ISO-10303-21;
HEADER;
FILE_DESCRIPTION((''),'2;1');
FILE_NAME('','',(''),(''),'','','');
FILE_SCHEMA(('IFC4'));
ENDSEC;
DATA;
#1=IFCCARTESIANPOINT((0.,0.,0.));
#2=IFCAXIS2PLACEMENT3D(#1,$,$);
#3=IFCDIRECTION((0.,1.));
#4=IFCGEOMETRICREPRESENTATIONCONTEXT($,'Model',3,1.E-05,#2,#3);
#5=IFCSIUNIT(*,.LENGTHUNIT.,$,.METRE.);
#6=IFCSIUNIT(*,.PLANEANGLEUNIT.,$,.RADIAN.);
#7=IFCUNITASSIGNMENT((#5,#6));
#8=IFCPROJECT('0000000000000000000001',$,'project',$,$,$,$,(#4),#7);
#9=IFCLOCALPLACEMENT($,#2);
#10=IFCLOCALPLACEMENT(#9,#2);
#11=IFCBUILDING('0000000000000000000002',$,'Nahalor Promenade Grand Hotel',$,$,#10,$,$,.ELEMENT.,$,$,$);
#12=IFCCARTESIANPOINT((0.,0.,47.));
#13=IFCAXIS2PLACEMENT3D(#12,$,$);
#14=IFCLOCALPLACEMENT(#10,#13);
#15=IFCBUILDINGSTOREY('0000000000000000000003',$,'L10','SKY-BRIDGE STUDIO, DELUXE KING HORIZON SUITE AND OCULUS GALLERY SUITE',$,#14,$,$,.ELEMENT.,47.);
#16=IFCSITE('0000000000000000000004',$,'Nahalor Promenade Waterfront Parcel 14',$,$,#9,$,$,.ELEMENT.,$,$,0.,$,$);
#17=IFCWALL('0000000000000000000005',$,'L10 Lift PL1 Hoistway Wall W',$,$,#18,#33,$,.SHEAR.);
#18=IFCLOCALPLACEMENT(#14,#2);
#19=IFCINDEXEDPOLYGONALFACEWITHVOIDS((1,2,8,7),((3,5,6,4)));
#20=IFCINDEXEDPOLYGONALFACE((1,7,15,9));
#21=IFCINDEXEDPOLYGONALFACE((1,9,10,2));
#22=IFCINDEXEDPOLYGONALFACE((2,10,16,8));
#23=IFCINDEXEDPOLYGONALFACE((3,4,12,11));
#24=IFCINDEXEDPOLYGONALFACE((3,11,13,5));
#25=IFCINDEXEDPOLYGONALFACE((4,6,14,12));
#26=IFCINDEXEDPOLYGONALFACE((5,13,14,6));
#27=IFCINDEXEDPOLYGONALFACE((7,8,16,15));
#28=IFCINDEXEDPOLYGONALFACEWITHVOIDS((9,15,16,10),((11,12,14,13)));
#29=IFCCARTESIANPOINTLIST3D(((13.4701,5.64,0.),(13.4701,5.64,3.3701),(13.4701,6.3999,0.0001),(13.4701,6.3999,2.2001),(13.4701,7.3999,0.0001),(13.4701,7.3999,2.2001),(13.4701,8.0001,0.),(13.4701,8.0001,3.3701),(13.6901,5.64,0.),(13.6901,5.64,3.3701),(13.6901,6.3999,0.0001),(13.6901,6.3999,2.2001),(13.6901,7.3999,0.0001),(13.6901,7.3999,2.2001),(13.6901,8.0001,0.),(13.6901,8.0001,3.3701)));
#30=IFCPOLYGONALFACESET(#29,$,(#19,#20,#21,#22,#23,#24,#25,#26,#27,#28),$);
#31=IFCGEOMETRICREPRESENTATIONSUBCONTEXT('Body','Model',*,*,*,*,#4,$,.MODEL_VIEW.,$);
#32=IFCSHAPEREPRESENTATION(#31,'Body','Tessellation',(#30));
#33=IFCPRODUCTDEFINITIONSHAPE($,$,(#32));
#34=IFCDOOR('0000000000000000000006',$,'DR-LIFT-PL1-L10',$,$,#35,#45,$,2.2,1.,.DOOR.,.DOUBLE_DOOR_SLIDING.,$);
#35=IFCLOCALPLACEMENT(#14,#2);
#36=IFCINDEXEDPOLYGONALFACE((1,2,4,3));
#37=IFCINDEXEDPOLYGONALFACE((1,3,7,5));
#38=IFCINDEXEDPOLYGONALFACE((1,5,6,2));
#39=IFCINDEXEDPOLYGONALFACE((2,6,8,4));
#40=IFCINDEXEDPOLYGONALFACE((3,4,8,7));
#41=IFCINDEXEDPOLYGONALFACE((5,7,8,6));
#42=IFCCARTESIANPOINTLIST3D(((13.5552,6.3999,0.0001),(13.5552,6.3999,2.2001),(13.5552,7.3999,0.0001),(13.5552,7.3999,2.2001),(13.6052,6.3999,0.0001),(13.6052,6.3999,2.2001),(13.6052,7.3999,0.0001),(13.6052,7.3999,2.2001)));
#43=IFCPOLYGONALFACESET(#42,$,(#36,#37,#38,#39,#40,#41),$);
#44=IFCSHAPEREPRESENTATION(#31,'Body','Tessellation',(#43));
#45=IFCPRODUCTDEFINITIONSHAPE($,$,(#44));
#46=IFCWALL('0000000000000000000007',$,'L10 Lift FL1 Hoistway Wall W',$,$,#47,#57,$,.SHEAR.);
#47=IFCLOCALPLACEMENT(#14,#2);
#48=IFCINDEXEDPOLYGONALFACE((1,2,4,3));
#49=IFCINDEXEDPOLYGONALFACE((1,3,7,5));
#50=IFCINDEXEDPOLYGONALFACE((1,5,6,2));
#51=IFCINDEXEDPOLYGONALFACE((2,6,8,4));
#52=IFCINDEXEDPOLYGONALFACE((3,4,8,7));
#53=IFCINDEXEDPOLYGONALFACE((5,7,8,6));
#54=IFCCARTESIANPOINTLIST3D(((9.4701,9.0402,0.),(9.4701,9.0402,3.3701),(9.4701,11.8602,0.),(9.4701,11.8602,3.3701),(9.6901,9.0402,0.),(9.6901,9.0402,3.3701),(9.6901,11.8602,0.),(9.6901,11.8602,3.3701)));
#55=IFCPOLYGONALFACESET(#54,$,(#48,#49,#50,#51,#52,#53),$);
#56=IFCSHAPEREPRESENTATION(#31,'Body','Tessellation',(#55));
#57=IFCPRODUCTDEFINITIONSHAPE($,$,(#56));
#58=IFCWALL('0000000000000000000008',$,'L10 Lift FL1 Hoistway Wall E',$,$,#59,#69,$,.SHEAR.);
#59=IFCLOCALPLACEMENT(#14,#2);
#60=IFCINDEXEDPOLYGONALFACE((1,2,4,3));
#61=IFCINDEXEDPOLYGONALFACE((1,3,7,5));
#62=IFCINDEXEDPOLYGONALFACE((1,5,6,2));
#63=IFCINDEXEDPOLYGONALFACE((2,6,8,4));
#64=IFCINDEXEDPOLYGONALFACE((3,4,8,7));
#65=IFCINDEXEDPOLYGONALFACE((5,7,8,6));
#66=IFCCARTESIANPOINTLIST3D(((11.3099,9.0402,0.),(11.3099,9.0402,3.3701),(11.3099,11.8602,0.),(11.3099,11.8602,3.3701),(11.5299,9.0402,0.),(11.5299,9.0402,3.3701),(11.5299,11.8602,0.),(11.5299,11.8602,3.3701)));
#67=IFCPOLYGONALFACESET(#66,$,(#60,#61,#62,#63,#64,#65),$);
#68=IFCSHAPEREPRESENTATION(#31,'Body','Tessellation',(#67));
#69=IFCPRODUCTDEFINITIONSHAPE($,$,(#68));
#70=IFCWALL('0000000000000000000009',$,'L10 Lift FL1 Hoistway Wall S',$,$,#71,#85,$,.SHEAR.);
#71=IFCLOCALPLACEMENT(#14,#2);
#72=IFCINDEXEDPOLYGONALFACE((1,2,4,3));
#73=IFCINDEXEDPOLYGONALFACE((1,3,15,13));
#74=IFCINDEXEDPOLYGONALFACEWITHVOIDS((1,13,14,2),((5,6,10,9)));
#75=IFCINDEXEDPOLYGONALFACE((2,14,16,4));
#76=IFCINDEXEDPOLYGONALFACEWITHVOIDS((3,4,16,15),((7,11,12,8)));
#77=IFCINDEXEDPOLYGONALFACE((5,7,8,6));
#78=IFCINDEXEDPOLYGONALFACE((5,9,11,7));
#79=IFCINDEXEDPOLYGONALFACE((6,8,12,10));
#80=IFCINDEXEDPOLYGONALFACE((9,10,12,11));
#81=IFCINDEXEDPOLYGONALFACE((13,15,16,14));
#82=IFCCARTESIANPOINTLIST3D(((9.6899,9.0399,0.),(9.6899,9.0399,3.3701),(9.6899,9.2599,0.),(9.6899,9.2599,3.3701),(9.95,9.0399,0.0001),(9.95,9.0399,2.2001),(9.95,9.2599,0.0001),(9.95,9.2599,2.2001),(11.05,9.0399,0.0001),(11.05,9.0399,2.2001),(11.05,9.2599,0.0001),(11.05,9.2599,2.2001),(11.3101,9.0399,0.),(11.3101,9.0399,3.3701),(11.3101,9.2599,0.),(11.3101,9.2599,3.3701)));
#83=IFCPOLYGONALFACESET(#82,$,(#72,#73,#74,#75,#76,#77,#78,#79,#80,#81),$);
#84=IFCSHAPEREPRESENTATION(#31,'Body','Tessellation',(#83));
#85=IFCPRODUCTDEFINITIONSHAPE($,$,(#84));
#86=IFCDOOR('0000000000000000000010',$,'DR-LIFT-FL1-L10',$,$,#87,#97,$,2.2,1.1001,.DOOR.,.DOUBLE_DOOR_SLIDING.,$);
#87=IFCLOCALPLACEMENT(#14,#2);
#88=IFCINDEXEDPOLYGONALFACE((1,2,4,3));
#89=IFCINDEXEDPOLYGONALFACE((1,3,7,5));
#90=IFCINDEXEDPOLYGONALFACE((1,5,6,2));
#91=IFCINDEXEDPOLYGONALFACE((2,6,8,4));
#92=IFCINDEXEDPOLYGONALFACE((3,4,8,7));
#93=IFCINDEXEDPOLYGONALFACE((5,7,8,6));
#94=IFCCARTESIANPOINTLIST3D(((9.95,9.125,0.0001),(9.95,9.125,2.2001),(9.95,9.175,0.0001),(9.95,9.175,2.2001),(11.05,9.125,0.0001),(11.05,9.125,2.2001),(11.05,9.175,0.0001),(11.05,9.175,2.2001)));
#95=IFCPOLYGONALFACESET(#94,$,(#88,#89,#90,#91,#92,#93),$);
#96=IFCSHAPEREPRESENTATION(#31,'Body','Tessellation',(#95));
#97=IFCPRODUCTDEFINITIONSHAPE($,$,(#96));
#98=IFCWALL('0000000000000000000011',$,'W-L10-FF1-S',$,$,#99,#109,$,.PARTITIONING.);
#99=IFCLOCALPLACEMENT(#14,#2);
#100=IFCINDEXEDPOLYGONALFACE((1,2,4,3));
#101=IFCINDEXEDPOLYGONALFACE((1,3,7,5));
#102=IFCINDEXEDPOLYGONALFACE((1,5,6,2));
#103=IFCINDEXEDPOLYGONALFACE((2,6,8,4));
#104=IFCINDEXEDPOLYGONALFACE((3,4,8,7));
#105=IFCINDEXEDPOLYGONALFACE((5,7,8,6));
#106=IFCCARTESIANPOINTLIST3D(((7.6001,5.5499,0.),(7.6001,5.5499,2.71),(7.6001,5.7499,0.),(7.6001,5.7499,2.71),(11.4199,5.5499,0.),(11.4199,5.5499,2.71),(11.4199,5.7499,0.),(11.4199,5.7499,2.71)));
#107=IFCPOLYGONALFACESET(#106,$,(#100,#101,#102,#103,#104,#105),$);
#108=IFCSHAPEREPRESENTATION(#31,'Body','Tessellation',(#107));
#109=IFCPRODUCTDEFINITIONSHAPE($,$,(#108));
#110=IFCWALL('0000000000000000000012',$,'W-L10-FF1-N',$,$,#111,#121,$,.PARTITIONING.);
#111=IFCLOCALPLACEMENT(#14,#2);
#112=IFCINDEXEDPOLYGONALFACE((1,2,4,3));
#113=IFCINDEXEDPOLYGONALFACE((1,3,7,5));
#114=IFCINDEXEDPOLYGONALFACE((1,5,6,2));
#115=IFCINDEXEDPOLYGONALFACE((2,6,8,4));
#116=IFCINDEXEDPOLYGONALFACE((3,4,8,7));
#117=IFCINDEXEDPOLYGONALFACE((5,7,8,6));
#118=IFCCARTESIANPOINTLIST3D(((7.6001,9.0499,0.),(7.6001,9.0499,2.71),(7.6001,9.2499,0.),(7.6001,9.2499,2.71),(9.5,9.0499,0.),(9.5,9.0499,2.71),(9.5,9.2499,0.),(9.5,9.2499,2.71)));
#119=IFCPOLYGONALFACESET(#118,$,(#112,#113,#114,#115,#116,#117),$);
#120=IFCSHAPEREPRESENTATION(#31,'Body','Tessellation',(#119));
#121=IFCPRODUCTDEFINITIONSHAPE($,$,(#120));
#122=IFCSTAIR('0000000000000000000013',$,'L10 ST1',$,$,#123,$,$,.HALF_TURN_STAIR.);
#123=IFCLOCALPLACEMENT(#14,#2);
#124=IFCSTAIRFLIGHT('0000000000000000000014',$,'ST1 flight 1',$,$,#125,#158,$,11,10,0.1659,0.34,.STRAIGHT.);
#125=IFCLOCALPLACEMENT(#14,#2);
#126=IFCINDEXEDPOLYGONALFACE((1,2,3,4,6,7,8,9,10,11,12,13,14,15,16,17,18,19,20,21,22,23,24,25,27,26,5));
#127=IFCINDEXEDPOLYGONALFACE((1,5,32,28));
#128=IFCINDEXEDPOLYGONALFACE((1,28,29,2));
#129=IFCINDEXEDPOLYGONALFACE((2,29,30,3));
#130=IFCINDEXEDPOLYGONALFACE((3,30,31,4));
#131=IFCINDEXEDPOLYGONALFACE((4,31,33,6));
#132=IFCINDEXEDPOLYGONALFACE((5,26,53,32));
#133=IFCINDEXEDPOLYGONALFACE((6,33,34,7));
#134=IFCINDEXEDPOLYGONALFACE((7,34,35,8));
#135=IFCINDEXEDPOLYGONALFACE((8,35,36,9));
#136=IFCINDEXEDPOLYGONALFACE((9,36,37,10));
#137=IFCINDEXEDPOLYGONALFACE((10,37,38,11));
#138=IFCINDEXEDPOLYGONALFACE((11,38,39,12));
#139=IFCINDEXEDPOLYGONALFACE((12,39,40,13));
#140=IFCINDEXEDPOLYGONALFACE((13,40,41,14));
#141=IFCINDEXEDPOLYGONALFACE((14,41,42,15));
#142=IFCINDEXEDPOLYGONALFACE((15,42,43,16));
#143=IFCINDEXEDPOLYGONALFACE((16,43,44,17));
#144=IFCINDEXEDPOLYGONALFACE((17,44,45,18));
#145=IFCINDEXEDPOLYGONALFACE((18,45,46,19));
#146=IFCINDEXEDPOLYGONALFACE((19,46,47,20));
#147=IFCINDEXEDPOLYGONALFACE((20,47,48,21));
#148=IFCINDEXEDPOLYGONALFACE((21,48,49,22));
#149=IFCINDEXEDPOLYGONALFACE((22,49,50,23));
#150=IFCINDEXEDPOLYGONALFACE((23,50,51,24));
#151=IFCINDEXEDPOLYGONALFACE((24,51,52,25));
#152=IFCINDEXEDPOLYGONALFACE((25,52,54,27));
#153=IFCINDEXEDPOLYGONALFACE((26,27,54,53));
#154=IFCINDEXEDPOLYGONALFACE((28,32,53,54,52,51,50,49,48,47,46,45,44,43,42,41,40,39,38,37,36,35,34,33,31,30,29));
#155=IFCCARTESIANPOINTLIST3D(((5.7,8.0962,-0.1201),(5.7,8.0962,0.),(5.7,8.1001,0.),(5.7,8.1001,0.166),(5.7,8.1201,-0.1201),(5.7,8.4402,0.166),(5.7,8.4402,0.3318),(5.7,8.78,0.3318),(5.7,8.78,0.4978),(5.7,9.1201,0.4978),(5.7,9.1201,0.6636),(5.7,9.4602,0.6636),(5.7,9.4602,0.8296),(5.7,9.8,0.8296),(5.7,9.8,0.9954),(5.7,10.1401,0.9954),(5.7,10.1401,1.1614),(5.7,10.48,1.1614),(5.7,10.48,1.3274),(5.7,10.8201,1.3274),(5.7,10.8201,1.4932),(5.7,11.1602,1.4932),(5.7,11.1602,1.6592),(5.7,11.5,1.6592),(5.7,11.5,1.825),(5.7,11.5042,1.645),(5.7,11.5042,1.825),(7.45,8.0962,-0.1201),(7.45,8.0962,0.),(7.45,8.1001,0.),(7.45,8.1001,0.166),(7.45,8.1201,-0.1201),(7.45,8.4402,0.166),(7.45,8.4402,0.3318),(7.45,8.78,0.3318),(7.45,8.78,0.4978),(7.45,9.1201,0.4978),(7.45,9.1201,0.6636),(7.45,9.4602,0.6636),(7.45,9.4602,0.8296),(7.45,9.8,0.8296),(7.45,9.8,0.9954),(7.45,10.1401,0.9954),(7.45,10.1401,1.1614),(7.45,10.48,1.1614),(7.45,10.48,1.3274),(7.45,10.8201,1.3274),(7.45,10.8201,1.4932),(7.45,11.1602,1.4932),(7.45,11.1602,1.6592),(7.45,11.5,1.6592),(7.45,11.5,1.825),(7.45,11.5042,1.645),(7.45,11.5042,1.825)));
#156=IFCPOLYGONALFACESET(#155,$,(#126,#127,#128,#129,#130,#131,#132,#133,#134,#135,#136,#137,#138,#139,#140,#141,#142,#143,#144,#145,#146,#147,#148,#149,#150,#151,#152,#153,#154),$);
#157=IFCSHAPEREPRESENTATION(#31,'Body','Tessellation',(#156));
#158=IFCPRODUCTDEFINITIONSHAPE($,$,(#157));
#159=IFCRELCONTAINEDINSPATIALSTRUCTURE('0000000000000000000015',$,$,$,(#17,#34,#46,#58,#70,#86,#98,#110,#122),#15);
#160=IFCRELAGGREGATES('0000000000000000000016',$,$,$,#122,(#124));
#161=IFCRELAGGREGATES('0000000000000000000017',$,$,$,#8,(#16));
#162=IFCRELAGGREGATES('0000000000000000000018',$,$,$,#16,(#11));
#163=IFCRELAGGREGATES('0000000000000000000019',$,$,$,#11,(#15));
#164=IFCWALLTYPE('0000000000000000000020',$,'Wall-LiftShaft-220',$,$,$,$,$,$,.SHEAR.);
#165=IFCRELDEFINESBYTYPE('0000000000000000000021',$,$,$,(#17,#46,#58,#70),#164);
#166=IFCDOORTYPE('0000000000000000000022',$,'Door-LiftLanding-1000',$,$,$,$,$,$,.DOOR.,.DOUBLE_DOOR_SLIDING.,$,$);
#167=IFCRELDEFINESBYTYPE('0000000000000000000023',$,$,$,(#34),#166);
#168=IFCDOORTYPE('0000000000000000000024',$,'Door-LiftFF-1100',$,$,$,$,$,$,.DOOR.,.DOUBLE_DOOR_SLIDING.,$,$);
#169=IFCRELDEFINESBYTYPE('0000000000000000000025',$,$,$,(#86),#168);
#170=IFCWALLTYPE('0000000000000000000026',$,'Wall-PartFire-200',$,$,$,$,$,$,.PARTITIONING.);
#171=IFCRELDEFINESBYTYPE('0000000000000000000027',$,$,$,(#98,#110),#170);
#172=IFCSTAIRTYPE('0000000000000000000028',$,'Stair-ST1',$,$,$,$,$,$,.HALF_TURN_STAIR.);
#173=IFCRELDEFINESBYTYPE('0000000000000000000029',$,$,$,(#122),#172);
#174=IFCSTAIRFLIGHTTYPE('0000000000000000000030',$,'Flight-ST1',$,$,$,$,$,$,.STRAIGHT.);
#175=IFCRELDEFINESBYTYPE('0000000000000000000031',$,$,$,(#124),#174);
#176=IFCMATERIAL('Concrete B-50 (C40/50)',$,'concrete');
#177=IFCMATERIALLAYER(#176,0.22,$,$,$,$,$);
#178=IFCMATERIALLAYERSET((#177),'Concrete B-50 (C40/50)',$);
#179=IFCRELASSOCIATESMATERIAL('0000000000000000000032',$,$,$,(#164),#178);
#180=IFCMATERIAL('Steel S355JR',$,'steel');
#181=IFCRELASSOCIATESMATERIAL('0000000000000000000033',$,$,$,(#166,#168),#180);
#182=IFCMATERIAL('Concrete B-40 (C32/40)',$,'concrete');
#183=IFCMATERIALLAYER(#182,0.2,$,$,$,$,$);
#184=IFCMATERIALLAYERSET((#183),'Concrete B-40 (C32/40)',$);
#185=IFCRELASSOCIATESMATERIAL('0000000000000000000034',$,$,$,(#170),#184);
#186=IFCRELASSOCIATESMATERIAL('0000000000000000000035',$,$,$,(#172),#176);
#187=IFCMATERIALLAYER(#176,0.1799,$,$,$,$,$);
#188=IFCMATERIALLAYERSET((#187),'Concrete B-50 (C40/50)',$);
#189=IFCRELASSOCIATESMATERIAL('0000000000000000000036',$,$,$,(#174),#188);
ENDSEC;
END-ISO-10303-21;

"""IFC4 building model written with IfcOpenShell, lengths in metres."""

from ifc_helpers import new_model, si_unit, direction, frame, frame_2d, origin, place, context, subcontext, project, spatial, polyline, rectangle, outline, extrude, source, transform, mapped, material, layer, layer_set, type_object, element, fill, aggregate, save


model = new_model("IFC4")

# Units and contexts
model_context = context("Model", 3, precision=1e-05, world=origin(), true_north=direction((0.0, 1.0)))
body_context = subcontext(model_context, "Body", "Model", "MODEL_VIEW")
ifc_project = project(units=[si_unit("LENGTHUNIT", "METRE"), si_unit("PLANEANGLEUNIT", "RADIAN")], contexts=[model_context])

# Site, building, storey
site_placement = place(None, origin())
site = spatial("IfcSite", under=ifc_project, at=site_placement, Name="Nahalor Promenade Waterfront Parcel 14", CompositionType="ELEMENT", RefElevation=0.0)
building_placement = place(site_placement, origin())
building = spatial("IfcBuilding", under=site, at=building_placement, Name="Nahalor Promenade Grand Hotel", CompositionType="ELEMENT")
storey_placement = place(building_placement, frame((0.0, 0.0, 47.0)))
storey = spatial("IfcBuildingStorey", under=building, at=storey_placement, Name="L10", Description="SKY-BRIDGE STUDIO, DELUXE KING HORIZON SUITE AND OCULUS GALLERY SUITE", CompositionType="ELEMENT", Elevation=47.0)

# Shared definitions
ifc_material_1 = material(Name="Steel S355JR", Category="steel")

# Shared definitions
ifc_material_2 = material(Name="Concrete B-50 (C40/50)", Category="concrete")

# Wall, opening, door
ifc_layer_1 = layer(ifc_material_2, 0.22)
ifc_layer_set_1 = layer_set([ifc_layer_1], Name="Concrete B-50 (C40/50)")
wall_type_1 = type_object("IfcWallType", Name="Wall-LiftShaft-220", PredefinedType="SHEAR", material=ifc_layer_set_1)
shared_shape_1 = source(origin(), body_context, "Body", "SweptSolid", [
    extrude(rectangle(XDim=2.3601, YDim=0.22, at=frame_2d((1.1802, 0.0))), origin(), (0.0, 0.0, 1.0), 3.3701),
])
wall_1_placement = place(storey_placement, frame((13.5801, 5.6399, 0.0), z_axis=(0.0, 0.0, 1.0), x_axis=(0.0, 1.0, 0.0)))
wall_1 = element("IfcWall", 1, at=wall_1_placement, inside=storey, type_object=wall_type_1, Name="L10 Lift PL1 Hoistway Wall W", PredefinedType="SHEAR", context=body_context, shape_type="MappedRepresentation", body=[
    mapped(shared_shape_1, transform((0.0, 0.0, 0.0), scale=1.0)),
])
opening_1_placement = place(wall_1_placement, frame((0.76, 0.0, 0.0)))
opening_1 = element("IfcOpeningElement", 2, at=opening_1_placement, cuts=wall_1, PredefinedType="OPENING", context=body_context, shape_type="SweptSolid", body=[
    extrude(rectangle(XDim=1.0, YDim=2.2, at=frame_2d((0.5, 1.1001))), frame((0.0, 0.1199, 0.0), z_axis=(0.0, -1.0, 0.0), x_axis=(1.0, 0.0, 0.0)), (0.0, 0.0, 1.0), 0.24),
])
door_type_1 = type_object("IfcDoorType", Name="Door-LiftLanding-1000", OperationType="DOUBLE_DOOR_SLIDING", PredefinedType="DOOR", material=ifc_material_1)
shared_shape_2 = source(origin(), body_context, "Body", "SweptSolid", [
    extrude(rectangle(XDim=1.0, YDim=2.2, at=frame_2d((0.5, 1.1001))), frame((0.0, 0.0249, 0.0), z_axis=(0.0, -1.0, 0.0), x_axis=(1.0, 0.0, 0.0)), (0.0, 0.0, 1.0), 0.05),
])
door_1_placement = place(opening_1_placement, origin())
door_1 = element("IfcDoor", 3, at=door_1_placement, inside=storey, type_object=door_type_1, Name="DR-LIFT-PL1-L10", OperationType="DOUBLE_DOOR_SLIDING", OverallHeight=2.2, OverallWidth=1.0, PredefinedType="DOOR", context=body_context, shape_type="MappedRepresentation", body=[
    mapped(shared_shape_2, transform((0.0, 0.0, 0.0), scale=1.0)),
])
fill(opening_1, door_1)

# Walls
shared_shape_3 = source(origin(), body_context, "Body", "SweptSolid", [
    extrude(rectangle(XDim=2.8201, YDim=0.22, at=frame_2d((1.4102, 0.0))), origin(), (0.0, 0.0, 1.0), 3.3701),
])
for number, where, z_axis, x_axis, name in (
    (4, (9.5801, 9.04, 0.0), (0.0, 0.0, 1.0), (0.0, 1.0, 0.0), "L10 Lift FL1 Hoistway Wall W"),
    (5, (11.4199, 9.04, 0.0), (0.0, 0.0, 1.0), (0.0, 1.0, 0.0), "L10 Lift FL1 Hoistway Wall E"),
):
    element("IfcWall", number, at=place(storey_placement, frame(where, z_axis=z_axis, x_axis=x_axis)), inside=storey, type_object=wall_type_1, Name=name, PredefinedType="SHEAR", context=body_context, shape_type="MappedRepresentation", body=[
        mapped(shared_shape_3, transform((0.0, 0.0, 0.0), scale=1.0)),
    ])

# Wall, opening, door
shared_shape_4 = source(origin(), body_context, "Body", "SweptSolid", [
    extrude(rectangle(XDim=1.6201, YDim=0.22, at=frame_2d((0.8101, 0.0))), origin(), (0.0, 0.0, 1.0), 3.3701),
])
wall_2_placement = place(storey_placement, frame((9.6899, 9.1499, 0.0), z_axis=(0.0, 0.0, 1.0), x_axis=(1.0, 0.0, 0.0)))
wall_2 = element("IfcWall", 6, at=wall_2_placement, inside=storey, type_object=wall_type_1, Name="L10 Lift FL1 Hoistway Wall S", PredefinedType="SHEAR", context=body_context, shape_type="MappedRepresentation", body=[
    mapped(shared_shape_4, transform((0.0, 0.0, 0.0), scale=1.0)),
])
opening_2_placement = place(wall_2_placement, frame((0.26, 0.0, 0.0)))
opening_2 = element("IfcOpeningElement", 7, at=opening_2_placement, cuts=wall_2, PredefinedType="OPENING", context=body_context, shape_type="SweptSolid", body=[
    extrude(rectangle(XDim=1.1001, YDim=2.2, at=frame_2d((0.55, 1.1001))), frame((0.0, 0.1199, 0.0), z_axis=(0.0, -1.0, 0.0), x_axis=(1.0, 0.0, 0.0)), (0.0, 0.0, 1.0), 0.24),
])
door_type_2 = type_object("IfcDoorType", Name="Door-LiftFF-1100", OperationType="DOUBLE_DOOR_SLIDING", PredefinedType="DOOR", material=ifc_material_1)
shared_shape_5 = source(origin(), body_context, "Body", "SweptSolid", [
    extrude(rectangle(XDim=1.1001, YDim=2.2, at=frame_2d((0.55, 1.1001))), frame((0.0, 0.0249, 0.0), z_axis=(0.0, -1.0, 0.0), x_axis=(1.0, 0.0, 0.0)), (0.0, 0.0, 1.0), 0.05),
])
door_2_placement = place(opening_2_placement, frame((1.1001, 0.0, 0.0), z_axis=(0.0, 0.0, 1.0), x_axis=(-1.0, 0.0, 0.0)))
door_2 = element("IfcDoor", 8, at=door_2_placement, inside=storey, type_object=door_type_2, Name="DR-LIFT-FL1-L10", OperationType="DOUBLE_DOOR_SLIDING", OverallHeight=2.2, OverallWidth=1.1001, PredefinedType="DOOR", context=body_context, shape_type="MappedRepresentation", body=[
    mapped(shared_shape_5, transform((0.0, 0.0, 0.0), scale=1.0)),
])
fill(opening_2, door_2)

# Walls
ifc_material_3 = material(Name="Concrete B-40 (C32/40)", Category="concrete")
ifc_layer_2 = layer(ifc_material_3, 0.2)
ifc_layer_set_2 = layer_set([ifc_layer_2], Name="Concrete B-40 (C32/40)")
wall_type_2 = type_object("IfcWallType", Name="Wall-PartFire-200", PredefinedType="PARTITIONING", material=ifc_layer_set_2)
shared_shape_6 = source(origin(), body_context, "Body", "SweptSolid", [
    extrude(rectangle(XDim=3.8198, YDim=0.2, at=frame_2d((1.9099, 0.0))), origin(), (0.0, 0.0, 1.0), 2.71),
])
wall_3_placement = place(storey_placement, frame((7.6001, 5.6499, 0.0), z_axis=(0.0, 0.0, 1.0), x_axis=(1.0, 0.0, 0.0)))
element("IfcWall", 9, at=wall_3_placement, inside=storey, type_object=wall_type_2, Name="W-L10-FF1-S", PredefinedType="PARTITIONING", context=body_context, shape_type="MappedRepresentation", body=[
    mapped(shared_shape_6, transform((0.0, 0.0, 0.0), scale=1.0)),
])
shared_shape_7 = source(origin(), body_context, "Body", "SweptSolid", [
    extrude(rectangle(XDim=1.8999, YDim=0.2, at=frame_2d((0.95, 0.0))), origin(), (0.0, 0.0, 1.0), 2.71),
])
wall_4_placement = place(storey_placement, frame((7.6001, 9.1499, 0.0), z_axis=(0.0, 0.0, 1.0), x_axis=(1.0, 0.0, 0.0)))
element("IfcWall", 10, at=wall_4_placement, inside=storey, type_object=wall_type_2, Name="W-L10-FF1-N", PredefinedType="PARTITIONING", context=body_context, shape_type="MappedRepresentation", body=[
    mapped(shared_shape_7, transform((0.0, 0.0, 0.0), scale=1.0)),
])

# Stair, stair flight
stair_type = type_object("IfcStairType", Name="Stair-ST1", PredefinedType="HALF_TURN_STAIR", material=ifc_material_2)
stair_placement = place(storey_placement, origin())
stair = element("IfcStair", 11, at=stair_placement, inside=storey, type_object=stair_type, Name="L10 ST1", PredefinedType="HALF_TURN_STAIR")
ifc_layer_3 = layer(ifc_material_2, 0.1799)
ifc_layer_set_3 = layer_set([ifc_layer_3], Name="Concrete B-50 (C40/50)")
stair_flight_type = type_object("IfcStairFlightType", Name="Flight-ST1", PredefinedType="STRAIGHT", material=ifc_layer_set_3)
shared_shape_8 = source(origin(), body_context, "Body", "SweptSolid", [
    extrude(outline(polyline([(-0.0039, -0.1201), (-0.0039, 0.0), (0.0, 0.0), (0.0, 0.166), (0.3401, 0.166), (0.3401, 0.3318), (0.6799, 0.3318), (0.6799, 0.4978), (1.02, 0.4978), (1.02, 0.6636), (1.3601, 0.6636), (1.3601, 0.8296), (1.7, 0.8296), (1.7, 0.9954), (2.04, 0.9954), (2.04, 1.1614), (2.3799, 1.1614), (2.3799, 1.3274), (2.72, 1.3274), (2.72, 1.4932), (3.0601, 1.4932), (3.0601, 1.6592), (3.3999, 1.6592), (3.3999, 1.825), (3.4041, 1.825), (3.4041, 1.645), (0.02, -0.1201), (-0.0039, -0.1201)])), frame((0.0, 0.875, 0.0), z_axis=(0.0, -1.0, 0.0), x_axis=(1.0, 0.0, 0.0)), (0.0, 0.0, 1.0), 1.75),
])
stair_flight_placement = place(storey_placement, frame((6.575, 8.1001, 0.0), z_axis=(0.0, 0.0, 1.0), x_axis=(0.0, 1.0, 0.0)))
stair_flight = element("IfcStairFlight", 12, at=stair_flight_placement, type_object=stair_flight_type, Name="ST1 flight 1", NumberOfRisers=11, NumberOfTreads=10, PredefinedType="STRAIGHT", RiserHeight=0.1659, TreadLength=0.34, context=body_context, shape_type="MappedRepresentation", body=[
    mapped(shared_shape_8, transform((0.0, 0.0, 0.0), scale=1.0)),
])
aggregate(stair, [stair_flight])

save(model, "model.ifc")
